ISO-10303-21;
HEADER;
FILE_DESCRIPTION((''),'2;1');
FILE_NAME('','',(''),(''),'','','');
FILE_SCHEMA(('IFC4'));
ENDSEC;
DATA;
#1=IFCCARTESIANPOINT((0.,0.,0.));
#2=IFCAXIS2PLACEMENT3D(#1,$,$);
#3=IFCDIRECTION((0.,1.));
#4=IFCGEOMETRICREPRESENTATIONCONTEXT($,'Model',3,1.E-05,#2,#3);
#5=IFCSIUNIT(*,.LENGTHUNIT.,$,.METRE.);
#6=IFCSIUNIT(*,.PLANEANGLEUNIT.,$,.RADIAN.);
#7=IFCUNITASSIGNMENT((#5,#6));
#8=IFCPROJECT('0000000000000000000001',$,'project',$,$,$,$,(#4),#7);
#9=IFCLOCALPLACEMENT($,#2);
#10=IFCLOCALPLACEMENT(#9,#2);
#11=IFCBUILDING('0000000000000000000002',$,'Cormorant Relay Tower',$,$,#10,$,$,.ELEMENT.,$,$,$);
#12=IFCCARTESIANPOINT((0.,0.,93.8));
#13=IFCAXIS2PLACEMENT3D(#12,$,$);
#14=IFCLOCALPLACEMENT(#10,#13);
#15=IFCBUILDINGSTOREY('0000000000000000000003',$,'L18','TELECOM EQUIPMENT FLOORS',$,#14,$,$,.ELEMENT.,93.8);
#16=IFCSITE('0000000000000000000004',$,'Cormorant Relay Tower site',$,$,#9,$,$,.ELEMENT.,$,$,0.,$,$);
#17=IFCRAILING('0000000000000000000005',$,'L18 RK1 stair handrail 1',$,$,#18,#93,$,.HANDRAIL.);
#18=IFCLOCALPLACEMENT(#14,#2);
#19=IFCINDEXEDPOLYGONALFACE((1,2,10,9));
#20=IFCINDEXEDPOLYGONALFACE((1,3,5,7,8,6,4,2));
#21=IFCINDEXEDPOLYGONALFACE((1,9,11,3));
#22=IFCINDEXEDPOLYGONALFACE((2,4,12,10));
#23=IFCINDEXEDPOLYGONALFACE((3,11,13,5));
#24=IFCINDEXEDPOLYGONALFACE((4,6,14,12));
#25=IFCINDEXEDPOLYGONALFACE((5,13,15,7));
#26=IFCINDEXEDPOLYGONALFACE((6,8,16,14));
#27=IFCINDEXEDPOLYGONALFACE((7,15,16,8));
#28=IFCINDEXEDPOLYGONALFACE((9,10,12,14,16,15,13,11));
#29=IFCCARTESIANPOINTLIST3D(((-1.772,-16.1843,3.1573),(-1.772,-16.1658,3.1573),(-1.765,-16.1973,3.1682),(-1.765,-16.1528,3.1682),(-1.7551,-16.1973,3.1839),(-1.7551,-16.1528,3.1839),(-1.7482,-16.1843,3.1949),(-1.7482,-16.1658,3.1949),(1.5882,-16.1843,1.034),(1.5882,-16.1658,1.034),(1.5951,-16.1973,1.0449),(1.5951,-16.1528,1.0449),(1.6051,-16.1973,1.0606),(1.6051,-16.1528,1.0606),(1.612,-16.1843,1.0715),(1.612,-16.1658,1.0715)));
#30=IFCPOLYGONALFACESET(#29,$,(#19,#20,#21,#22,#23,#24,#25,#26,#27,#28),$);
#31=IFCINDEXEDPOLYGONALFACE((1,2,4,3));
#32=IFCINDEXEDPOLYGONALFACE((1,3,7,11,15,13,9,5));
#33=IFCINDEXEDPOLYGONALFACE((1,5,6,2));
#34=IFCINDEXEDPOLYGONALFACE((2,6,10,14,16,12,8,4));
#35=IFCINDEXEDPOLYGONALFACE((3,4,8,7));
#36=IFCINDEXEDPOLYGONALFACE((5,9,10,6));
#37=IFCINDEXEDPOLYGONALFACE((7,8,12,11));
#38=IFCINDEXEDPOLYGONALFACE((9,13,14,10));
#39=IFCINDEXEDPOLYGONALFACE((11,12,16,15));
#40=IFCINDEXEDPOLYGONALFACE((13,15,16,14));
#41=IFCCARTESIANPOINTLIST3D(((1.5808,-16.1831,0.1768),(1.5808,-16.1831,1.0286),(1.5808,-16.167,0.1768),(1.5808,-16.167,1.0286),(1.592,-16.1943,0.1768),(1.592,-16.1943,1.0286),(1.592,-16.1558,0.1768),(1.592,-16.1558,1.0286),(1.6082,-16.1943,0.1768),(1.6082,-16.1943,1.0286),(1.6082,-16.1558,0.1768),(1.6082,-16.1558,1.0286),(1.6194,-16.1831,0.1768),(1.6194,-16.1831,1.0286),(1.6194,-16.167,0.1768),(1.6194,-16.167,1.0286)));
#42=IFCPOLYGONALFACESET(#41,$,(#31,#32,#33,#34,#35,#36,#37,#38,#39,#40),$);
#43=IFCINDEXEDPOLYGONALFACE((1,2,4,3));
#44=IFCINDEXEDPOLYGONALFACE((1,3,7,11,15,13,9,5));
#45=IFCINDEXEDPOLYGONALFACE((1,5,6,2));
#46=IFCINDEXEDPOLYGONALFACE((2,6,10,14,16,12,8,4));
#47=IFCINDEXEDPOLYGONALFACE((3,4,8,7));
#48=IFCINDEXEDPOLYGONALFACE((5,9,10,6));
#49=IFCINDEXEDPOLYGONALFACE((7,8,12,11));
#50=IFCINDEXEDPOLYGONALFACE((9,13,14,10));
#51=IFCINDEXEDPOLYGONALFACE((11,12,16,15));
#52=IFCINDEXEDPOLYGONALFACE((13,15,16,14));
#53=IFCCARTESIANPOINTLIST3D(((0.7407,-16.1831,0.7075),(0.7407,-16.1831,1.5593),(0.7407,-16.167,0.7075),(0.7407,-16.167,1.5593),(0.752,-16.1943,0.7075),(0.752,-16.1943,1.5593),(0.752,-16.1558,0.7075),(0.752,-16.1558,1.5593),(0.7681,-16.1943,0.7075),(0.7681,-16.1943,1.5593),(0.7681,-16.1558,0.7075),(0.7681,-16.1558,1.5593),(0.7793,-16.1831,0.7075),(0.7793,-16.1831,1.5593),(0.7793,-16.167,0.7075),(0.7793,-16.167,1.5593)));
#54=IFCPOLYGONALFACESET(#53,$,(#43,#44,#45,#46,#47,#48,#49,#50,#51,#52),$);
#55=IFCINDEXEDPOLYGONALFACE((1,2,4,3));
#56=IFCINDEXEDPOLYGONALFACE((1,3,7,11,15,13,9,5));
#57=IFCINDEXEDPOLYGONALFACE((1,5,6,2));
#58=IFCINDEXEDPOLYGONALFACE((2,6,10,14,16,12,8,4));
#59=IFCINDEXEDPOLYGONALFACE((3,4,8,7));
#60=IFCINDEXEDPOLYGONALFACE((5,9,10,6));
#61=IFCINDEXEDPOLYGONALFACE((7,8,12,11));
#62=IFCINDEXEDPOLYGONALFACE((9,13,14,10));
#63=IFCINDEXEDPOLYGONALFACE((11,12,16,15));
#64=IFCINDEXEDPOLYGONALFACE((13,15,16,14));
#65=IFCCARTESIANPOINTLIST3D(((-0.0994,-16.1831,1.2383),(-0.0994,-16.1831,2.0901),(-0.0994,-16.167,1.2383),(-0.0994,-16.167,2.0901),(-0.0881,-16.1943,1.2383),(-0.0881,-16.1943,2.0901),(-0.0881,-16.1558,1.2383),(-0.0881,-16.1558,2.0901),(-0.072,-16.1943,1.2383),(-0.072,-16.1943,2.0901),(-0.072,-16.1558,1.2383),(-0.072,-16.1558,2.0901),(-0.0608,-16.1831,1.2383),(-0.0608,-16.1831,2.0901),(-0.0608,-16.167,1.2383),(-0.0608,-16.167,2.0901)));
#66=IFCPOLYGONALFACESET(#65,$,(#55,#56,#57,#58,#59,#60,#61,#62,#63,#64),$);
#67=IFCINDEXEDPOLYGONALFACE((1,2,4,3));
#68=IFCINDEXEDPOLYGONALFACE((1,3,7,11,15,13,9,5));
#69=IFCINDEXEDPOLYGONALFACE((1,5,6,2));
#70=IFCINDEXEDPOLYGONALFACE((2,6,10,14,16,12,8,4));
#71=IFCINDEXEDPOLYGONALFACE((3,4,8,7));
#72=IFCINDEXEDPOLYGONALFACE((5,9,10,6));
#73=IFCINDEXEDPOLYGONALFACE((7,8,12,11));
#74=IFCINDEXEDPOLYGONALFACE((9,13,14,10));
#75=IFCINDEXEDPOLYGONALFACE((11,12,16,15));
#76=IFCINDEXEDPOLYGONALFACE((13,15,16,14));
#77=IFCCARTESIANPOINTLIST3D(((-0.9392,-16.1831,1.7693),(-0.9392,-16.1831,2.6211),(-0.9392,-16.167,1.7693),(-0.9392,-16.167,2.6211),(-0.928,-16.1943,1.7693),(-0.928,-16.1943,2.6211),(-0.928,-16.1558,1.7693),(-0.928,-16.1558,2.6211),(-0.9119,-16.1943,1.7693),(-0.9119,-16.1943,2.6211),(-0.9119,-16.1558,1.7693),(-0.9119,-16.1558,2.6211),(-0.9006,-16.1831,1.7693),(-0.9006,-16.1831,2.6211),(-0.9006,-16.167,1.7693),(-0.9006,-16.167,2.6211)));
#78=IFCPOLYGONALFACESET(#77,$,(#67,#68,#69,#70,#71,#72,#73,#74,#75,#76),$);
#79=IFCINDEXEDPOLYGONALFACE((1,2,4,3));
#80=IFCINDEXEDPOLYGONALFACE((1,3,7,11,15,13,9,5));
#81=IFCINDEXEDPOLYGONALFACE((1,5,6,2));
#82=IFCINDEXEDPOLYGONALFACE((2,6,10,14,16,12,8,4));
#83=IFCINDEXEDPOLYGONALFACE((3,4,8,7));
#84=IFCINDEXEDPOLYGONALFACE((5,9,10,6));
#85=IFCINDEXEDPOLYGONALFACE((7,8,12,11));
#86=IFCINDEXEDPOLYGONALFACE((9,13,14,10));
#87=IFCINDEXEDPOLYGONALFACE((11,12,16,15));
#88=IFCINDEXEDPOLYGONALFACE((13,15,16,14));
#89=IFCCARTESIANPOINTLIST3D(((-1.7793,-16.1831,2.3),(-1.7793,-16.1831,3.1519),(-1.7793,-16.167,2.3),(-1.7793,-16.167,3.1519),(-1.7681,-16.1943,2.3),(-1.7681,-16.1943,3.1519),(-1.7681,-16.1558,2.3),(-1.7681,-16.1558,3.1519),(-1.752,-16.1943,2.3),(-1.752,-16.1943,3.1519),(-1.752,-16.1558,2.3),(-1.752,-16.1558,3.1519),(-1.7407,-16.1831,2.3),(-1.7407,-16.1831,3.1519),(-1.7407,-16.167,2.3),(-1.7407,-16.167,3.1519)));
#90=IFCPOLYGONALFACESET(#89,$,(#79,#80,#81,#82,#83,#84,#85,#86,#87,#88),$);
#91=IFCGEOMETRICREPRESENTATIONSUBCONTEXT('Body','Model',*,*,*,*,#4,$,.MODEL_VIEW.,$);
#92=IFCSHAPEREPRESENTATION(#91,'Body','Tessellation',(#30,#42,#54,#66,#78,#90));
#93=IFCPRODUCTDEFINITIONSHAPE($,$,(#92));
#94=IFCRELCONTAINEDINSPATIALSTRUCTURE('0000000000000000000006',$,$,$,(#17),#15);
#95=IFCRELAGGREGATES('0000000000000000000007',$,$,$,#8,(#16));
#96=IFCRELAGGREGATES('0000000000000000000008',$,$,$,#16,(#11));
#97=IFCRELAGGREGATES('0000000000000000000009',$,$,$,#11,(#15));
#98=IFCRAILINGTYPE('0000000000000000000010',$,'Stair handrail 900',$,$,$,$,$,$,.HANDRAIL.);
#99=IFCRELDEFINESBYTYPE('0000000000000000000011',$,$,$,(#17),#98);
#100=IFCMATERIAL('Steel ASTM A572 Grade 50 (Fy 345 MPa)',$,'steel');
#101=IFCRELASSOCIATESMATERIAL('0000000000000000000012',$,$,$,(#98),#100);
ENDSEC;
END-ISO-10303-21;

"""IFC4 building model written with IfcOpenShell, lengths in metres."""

from ifc_helpers import new_model, si_unit, direction, frame, origin, place, context, subcontext, project, spatial, polyline, outline, extrude, material, type_object, element, save


model = new_model("IFC4")

# Units and contexts
model_context = context("Model", 3, precision=1e-05, world=origin(), true_north=direction((0.0, 1.0)))
body_context = subcontext(model_context, "Body", "Model", "MODEL_VIEW")
ifc_project = project(units=[si_unit("LENGTHUNIT", "METRE"), si_unit("PLANEANGLEUNIT", "RADIAN")], contexts=[model_context])

# Site, building, storey
site_placement = place(None, origin())
site = spatial("IfcSite", under=ifc_project, at=site_placement, Name="Cormorant Relay Tower site", CompositionType="ELEMENT", RefElevation=0.0)
building_placement = place(site_placement, origin())
building = spatial("IfcBuilding", under=site, at=building_placement, Name="Cormorant Relay Tower", CompositionType="ELEMENT")
storey_placement = place(building_placement, frame((0.0, 0.0, 93.8)))
storey = spatial("IfcBuildingStorey", under=building, at=storey_placement, Name="L18", Description="TELECOM EQUIPMENT FLOORS", CompositionType="ELEMENT", Elevation=93.8)

# Railing
ifc_material_1 = material(Name="Steel ASTM A572 Grade 50 (Fy 345 MPa)", Category="steel")
railing_type_1 = type_object("IfcRailingType", Name="Stair handrail 900", PredefinedType="HANDRAIL", material=ifc_material_1)
railing_1_placement = place(storey_placement, frame((1.6001, -16.175, 0.1768)))
element("IfcRailing", 1, at=railing_1_placement, inside=storey, type_object=railing_type_1, Name="L18 RK1 stair handrail 1", PredefinedType="HANDRAIL", context=body_context, shape_type="SweptSolid", body=[
    extrude(outline(polyline([(0.0222, 0.0093), (0.0093, 0.0222), (-0.0093, 0.0222), (-0.0222, 0.0093), (-0.0222, -0.0093), (-0.0093, -0.0222), (0.0093, -0.0222), (0.0222, -0.0093), (0.0222, 0.0093)])), frame((0.0, 0.0, 0.876), z_axis=(-0.845362, 0.0, 0.534194), x_axis=(0.0, -1.0, 0.0)), (0.0, 0.0, 1.0), 3.9749),
    extrude(outline(polyline([(0.0193, 0.0081), (0.0081, 0.0193), (-0.0081, 0.0193), (-0.0193, 0.0081), (-0.0193, -0.0081), (-0.0081, -0.0193), (0.0081, -0.0193), (0.0193, -0.0081), (0.0193, 0.0081)])), origin(), (0.0, 0.0, 1.0), 0.8518),
    extrude(outline(polyline([(0.0193, 0.0081), (0.0081, 0.0193), (-0.0081, 0.0193), (-0.0193, 0.0081), (-0.0193, -0.0081), (-0.0081, -0.0193), (0.0081, -0.0193), (0.0193, -0.0081), (0.0193, 0.0081)])), frame((-0.8401, 0.0, 0.5308)), (0.0, 0.0, 1.0), 0.8518),
    extrude(outline(polyline([(0.0193, 0.0081), (0.0081, 0.0193), (-0.0081, 0.0193), (-0.0193, 0.0081), (-0.0193, -0.0081), (-0.0081, -0.0193), (0.0081, -0.0193), (0.0193, -0.0081), (0.0193, 0.0081)])), frame((-1.6802, 0.0, 1.0615)), (0.0, 0.0, 1.0), 0.8518),
    extrude(outline(polyline([(0.0193, 0.0081), (0.0081, 0.0193), (-0.0081, 0.0193), (-0.0193, 0.0081), (-0.0193, -0.0081), (-0.0081, -0.0193), (0.0081, -0.0193), (0.0193, -0.0081), (0.0193, 0.0081)])), frame((-2.52, 0.0, 1.5925)), (0.0, 0.0, 1.0), 0.8518),
    extrude(outline(polyline([(0.0193, 0.0081), (0.0081, 0.0193), (-0.0081, 0.0193), (-0.0193, 0.0081), (-0.0193, -0.0081), (-0.0081, -0.0193), (0.0081, -0.0193), (0.0193, -0.0081), (0.0193, 0.0081)])), frame((-3.3601, 0.0, 2.1233)), (0.0, 0.0, 1.0), 0.8518),
])

save(model, "model.ifc")
